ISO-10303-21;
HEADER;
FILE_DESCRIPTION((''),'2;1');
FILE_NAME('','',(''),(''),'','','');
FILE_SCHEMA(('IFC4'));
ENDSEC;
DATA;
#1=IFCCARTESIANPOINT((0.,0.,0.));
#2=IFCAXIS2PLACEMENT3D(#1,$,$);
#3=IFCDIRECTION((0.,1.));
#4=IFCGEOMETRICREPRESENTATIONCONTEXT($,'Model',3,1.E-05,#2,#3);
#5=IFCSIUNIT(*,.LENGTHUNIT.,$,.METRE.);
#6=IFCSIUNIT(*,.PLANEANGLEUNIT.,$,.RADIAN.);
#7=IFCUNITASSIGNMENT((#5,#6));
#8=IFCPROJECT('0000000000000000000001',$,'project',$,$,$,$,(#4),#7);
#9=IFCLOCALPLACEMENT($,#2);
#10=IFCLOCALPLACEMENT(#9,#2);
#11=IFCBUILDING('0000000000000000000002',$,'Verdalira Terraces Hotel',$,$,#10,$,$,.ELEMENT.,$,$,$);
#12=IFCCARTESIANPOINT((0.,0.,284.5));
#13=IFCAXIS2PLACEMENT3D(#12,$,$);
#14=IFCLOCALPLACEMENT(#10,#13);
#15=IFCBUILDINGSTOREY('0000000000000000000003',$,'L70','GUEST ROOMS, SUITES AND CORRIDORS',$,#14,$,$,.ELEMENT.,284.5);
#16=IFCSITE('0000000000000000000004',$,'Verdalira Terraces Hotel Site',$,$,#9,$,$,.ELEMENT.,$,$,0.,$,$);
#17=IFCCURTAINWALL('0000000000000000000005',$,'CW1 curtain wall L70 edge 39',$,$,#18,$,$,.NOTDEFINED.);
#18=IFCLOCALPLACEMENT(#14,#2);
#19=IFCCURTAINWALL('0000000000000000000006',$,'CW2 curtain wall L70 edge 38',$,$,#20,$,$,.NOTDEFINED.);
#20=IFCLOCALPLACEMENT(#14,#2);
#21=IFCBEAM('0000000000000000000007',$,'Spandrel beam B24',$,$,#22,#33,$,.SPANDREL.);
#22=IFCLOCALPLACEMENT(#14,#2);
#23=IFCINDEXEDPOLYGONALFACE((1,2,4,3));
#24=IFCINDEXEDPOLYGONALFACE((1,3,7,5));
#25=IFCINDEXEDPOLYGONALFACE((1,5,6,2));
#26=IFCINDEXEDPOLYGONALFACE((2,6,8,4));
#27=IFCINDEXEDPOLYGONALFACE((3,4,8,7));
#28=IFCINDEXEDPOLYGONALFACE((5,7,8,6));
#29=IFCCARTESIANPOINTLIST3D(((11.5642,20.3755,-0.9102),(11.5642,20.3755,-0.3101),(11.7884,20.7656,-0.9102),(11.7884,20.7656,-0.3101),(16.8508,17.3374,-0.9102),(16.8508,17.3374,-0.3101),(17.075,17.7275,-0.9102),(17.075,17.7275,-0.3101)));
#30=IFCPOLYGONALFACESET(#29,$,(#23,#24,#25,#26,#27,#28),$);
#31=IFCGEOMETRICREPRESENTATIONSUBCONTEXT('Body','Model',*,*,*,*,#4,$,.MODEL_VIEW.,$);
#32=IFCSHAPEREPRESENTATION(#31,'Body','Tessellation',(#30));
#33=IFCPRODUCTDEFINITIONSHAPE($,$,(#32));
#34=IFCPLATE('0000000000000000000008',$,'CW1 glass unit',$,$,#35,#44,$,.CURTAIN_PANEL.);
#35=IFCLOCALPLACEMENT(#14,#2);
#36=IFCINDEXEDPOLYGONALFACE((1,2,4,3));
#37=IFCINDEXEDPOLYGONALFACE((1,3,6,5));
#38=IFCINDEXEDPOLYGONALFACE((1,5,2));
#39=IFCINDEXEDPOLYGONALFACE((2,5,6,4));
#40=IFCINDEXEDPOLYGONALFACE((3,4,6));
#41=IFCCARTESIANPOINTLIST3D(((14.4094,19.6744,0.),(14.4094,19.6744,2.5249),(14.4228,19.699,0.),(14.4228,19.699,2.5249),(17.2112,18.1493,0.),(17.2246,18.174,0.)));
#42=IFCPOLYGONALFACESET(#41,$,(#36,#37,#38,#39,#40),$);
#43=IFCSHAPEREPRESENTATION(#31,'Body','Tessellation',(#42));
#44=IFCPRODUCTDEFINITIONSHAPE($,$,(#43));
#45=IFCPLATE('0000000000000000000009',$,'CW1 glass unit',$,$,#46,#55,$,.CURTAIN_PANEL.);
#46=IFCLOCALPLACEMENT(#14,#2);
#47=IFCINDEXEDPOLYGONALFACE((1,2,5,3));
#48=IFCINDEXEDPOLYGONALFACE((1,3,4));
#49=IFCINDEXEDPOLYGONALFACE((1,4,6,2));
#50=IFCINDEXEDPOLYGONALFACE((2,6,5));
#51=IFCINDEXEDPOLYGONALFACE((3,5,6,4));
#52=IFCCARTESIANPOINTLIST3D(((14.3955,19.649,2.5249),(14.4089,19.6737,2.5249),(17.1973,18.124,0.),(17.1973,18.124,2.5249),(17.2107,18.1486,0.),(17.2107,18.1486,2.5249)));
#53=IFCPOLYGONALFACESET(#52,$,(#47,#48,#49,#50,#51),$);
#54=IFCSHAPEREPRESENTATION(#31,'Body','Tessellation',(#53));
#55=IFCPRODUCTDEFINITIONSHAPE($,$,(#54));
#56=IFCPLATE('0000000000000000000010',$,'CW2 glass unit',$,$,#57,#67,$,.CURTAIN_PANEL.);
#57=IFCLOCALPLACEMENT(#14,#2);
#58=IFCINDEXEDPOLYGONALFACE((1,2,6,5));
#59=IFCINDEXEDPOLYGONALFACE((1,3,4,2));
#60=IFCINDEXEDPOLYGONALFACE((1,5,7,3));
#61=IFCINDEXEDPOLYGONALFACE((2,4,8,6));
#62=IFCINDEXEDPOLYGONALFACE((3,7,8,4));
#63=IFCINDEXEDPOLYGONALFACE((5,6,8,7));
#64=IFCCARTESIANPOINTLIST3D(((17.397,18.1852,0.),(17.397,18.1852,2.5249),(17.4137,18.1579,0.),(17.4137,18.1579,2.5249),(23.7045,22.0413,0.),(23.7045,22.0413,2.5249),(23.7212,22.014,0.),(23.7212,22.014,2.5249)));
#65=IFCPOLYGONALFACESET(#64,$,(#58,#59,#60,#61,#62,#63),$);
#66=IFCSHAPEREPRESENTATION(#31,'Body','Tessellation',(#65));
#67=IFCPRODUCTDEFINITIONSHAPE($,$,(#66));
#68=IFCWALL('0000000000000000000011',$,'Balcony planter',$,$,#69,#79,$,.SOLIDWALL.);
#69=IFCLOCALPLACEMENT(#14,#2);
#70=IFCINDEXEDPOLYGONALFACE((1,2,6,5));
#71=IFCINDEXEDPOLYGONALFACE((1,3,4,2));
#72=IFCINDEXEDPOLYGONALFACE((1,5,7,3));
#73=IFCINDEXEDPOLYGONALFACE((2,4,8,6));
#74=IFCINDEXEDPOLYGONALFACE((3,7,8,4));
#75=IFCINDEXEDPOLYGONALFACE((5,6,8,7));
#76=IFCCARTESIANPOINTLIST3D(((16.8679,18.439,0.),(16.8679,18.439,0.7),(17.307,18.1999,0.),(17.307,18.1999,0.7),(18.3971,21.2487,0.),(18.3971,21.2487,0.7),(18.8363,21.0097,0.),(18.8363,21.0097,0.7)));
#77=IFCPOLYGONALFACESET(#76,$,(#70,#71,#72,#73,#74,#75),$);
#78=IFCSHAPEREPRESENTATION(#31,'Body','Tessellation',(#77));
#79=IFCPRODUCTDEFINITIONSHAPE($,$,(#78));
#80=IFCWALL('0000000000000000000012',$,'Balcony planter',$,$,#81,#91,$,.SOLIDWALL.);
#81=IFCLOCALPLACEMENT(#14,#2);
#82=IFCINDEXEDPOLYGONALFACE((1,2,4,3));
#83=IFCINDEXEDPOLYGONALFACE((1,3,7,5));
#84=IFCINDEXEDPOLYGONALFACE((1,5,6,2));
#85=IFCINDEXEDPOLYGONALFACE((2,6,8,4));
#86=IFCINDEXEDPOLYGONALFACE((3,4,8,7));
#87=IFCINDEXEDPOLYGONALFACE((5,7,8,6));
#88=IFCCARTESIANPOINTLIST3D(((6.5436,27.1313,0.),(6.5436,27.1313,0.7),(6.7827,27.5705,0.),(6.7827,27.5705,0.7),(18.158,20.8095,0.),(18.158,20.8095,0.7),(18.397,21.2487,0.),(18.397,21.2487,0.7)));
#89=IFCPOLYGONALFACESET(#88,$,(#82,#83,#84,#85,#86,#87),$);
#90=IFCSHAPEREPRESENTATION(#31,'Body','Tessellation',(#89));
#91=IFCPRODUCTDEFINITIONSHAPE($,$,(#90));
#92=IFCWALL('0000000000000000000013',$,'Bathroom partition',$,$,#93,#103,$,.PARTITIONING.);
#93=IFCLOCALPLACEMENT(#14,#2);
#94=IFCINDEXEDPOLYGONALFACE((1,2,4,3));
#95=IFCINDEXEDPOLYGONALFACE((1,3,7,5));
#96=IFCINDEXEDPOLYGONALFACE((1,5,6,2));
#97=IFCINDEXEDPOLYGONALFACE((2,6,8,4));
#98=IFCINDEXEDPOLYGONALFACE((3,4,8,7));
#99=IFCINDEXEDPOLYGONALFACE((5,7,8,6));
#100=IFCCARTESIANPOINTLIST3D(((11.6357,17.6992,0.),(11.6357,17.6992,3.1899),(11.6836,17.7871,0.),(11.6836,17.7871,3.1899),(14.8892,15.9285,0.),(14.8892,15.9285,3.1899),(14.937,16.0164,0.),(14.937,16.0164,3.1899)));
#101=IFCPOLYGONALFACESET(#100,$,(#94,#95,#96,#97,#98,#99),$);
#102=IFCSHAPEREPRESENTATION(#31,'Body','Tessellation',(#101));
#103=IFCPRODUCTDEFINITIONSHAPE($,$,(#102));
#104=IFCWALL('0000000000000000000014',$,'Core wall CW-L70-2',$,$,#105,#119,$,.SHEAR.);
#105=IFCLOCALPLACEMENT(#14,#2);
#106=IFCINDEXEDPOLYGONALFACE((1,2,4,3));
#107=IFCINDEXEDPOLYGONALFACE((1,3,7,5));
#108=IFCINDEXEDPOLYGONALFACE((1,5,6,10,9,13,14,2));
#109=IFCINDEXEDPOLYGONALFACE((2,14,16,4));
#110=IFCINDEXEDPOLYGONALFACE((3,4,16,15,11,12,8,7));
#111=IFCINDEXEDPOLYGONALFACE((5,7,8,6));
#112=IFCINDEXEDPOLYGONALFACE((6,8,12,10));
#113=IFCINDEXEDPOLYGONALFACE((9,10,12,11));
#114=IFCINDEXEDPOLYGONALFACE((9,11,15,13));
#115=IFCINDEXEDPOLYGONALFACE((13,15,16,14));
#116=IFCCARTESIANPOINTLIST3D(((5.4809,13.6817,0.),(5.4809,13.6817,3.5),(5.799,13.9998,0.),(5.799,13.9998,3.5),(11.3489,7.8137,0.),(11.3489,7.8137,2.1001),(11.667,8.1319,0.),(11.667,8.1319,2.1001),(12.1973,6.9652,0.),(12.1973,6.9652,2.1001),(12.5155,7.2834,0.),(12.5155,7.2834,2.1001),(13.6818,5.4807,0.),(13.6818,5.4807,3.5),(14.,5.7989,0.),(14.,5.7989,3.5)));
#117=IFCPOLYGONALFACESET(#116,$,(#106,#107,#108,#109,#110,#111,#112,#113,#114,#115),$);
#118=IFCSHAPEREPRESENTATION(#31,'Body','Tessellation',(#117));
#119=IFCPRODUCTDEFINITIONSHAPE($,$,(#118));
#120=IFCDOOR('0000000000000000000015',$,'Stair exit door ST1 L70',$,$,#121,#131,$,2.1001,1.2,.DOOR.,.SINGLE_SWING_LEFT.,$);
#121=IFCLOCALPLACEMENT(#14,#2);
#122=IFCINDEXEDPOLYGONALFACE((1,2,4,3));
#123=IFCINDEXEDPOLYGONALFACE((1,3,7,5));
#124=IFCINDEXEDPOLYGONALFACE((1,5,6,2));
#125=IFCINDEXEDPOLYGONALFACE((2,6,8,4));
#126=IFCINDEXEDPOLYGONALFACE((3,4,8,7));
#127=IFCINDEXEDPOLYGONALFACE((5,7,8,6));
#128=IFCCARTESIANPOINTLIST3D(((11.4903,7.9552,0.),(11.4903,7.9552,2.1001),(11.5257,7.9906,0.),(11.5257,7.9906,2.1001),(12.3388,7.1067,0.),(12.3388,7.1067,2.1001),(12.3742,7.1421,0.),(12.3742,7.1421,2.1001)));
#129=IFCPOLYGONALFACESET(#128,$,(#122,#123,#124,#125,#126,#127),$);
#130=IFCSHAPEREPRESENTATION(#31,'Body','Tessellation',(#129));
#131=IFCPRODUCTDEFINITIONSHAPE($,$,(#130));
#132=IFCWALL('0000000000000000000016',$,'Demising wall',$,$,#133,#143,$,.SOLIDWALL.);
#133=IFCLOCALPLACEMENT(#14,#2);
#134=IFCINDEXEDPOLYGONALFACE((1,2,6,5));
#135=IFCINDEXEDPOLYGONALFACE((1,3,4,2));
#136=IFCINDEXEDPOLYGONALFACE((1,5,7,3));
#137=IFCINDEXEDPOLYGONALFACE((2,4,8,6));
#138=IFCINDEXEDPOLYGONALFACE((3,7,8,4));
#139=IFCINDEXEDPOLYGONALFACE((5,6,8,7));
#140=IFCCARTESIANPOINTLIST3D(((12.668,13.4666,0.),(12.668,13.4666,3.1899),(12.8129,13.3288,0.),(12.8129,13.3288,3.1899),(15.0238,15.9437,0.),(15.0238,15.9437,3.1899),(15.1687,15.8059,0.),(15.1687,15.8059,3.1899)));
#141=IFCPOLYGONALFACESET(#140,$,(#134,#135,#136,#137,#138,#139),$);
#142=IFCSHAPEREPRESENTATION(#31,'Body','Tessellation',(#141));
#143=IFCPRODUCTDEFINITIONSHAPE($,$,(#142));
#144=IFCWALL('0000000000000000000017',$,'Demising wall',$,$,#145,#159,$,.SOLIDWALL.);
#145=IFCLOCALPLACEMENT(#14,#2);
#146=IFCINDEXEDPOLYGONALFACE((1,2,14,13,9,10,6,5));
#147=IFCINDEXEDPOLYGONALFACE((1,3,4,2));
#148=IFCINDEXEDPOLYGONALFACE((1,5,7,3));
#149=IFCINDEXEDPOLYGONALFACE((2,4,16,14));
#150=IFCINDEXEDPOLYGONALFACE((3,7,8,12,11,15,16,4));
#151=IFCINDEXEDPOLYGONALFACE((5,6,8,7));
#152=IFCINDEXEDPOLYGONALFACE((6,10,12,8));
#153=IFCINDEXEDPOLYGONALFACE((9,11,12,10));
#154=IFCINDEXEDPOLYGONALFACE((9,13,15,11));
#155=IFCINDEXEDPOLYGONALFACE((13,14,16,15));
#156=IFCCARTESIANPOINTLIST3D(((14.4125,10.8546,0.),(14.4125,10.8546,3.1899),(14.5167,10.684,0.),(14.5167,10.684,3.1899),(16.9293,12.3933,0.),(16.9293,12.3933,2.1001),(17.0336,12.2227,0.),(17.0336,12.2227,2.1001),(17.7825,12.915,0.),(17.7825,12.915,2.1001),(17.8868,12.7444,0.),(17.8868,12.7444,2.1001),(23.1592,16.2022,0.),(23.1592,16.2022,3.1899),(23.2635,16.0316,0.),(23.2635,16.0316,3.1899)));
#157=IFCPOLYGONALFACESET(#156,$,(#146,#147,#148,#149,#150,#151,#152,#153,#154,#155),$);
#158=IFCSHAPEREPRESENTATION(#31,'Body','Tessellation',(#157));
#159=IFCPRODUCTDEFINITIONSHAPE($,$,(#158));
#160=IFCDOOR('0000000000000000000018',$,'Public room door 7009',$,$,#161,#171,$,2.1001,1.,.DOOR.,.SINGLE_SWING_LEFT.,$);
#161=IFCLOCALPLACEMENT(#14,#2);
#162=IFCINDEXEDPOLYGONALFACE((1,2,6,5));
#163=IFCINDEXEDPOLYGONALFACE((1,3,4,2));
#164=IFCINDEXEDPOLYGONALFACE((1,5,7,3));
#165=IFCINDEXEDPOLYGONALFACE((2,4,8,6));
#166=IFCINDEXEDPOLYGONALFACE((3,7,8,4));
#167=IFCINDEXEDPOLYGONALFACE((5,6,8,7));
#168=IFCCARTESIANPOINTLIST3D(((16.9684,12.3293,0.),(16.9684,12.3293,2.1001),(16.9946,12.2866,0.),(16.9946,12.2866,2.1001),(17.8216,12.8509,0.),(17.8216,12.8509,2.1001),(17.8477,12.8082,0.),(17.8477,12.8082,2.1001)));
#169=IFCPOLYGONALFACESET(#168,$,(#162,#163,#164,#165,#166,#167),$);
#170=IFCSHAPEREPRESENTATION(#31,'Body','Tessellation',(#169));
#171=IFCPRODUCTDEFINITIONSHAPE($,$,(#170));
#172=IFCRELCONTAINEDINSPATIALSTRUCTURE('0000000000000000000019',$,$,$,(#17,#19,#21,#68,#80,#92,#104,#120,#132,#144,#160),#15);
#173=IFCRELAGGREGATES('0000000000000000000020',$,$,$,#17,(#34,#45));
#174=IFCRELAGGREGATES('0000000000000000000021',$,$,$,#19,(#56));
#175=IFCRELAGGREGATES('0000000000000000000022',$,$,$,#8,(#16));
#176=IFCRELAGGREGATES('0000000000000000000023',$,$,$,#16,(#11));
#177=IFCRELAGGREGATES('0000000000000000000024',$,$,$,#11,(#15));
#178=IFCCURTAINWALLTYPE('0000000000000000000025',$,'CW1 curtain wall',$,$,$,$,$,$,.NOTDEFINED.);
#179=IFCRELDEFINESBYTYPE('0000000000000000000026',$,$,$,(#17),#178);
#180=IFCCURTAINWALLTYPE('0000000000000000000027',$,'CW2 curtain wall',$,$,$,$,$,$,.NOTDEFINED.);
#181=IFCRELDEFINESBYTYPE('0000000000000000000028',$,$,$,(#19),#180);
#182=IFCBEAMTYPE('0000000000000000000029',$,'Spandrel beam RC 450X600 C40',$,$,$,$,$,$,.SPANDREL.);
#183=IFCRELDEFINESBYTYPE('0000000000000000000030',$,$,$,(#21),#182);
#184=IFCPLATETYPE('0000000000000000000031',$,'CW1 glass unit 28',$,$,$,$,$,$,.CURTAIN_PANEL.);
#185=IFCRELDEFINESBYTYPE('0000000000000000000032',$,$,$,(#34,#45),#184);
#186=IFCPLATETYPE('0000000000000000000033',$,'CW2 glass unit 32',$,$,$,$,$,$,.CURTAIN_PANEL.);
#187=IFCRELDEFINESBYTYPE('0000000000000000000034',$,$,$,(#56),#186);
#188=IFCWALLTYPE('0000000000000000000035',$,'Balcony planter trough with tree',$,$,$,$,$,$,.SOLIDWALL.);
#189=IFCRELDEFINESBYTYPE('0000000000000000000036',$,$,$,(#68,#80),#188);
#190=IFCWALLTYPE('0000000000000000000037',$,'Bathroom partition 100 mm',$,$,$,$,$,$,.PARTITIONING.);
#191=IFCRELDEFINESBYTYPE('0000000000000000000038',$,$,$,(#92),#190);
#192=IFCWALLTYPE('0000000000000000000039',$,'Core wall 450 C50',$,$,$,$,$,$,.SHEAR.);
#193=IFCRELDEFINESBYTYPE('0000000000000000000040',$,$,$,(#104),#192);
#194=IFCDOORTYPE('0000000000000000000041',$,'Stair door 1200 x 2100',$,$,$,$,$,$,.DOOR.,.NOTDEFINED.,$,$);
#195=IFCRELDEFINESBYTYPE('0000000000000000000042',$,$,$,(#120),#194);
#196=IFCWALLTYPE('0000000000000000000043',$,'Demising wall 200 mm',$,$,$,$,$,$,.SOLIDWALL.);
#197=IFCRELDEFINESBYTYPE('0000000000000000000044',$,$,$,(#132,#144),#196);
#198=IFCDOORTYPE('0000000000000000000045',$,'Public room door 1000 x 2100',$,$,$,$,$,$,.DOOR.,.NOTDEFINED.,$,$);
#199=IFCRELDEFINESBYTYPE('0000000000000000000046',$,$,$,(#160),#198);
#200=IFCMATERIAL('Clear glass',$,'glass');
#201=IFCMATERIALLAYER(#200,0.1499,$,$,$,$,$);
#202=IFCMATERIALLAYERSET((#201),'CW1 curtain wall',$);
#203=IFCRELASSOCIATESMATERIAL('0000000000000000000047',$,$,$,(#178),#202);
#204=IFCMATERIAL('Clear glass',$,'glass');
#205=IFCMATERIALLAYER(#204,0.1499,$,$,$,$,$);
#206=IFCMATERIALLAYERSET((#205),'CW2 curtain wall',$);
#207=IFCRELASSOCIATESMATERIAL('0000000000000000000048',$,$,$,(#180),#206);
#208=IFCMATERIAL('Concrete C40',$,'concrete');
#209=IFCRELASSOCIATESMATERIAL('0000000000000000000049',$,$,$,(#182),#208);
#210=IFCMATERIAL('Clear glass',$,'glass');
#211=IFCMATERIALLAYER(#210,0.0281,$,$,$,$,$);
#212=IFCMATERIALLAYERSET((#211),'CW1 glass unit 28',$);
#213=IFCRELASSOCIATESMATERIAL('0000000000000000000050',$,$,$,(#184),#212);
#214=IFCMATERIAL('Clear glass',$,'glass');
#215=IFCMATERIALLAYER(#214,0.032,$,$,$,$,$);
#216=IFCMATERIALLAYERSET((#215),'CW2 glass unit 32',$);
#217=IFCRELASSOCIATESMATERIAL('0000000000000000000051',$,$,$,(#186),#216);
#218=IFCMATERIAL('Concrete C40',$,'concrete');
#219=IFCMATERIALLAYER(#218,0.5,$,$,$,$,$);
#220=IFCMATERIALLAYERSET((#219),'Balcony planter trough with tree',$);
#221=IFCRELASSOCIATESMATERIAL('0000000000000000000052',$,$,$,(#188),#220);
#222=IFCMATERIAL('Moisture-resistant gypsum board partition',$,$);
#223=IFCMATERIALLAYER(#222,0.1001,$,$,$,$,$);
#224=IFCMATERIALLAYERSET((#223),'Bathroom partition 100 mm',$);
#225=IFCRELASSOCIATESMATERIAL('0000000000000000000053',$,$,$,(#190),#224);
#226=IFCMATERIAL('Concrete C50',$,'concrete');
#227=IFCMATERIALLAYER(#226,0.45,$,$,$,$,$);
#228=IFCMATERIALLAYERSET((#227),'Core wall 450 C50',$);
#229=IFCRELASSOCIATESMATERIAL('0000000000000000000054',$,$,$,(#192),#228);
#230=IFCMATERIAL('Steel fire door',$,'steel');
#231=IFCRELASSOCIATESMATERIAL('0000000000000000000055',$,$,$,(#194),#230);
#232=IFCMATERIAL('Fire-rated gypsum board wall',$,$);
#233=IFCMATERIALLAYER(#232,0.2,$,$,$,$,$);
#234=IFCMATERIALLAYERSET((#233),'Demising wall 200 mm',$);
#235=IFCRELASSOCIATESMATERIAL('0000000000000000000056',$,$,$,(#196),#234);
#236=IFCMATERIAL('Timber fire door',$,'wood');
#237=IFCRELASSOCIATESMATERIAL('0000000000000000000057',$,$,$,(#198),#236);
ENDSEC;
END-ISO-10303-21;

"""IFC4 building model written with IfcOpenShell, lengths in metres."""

from ifc_helpers import new_model, si_unit, direction, frame, frame_2d, origin, origin_2d, place, context, subcontext, project, spatial, polyline, rectangle, outline, extrude, material, layer, layer_set, material_profile, profile_set, type_object, element, fill, aggregate, save


model = new_model("IFC4")

# Units and contexts
model_context = context("Model", 3, precision=1e-05, world=origin(), true_north=direction((0.0, 1.0)))
body_context = subcontext(model_context, "Body", "Model", "MODEL_VIEW")
ifc_project = project(units=[si_unit("LENGTHUNIT", "METRE"), si_unit("PLANEANGLEUNIT", "RADIAN")], contexts=[model_context])

# Site, building, storey
site_placement = place(None, origin())
site = spatial("IfcSite", under=ifc_project, at=site_placement, Name="Verdalira Terraces Hotel Site", CompositionType="ELEMENT", RefElevation=0.0)
building_placement = place(site_placement, origin())
building = spatial("IfcBuilding", under=site, at=building_placement, Name="Verdalira Terraces Hotel", CompositionType="ELEMENT")
storey_placement = place(building_placement, frame((0.0, 0.0, 284.5)))
storey = spatial("IfcBuildingStorey", under=building, at=storey_placement, Name="L70", Description="GUEST ROOMS, SUITES AND CORRIDORS", CompositionType="ELEMENT", Elevation=284.5)

# Curtain walls
ifc_material_1 = material(Name="Clear glass", Category="glass")
ifc_layer_1 = layer(ifc_material_1, 0.1499)
ifc_layer_set_1 = layer_set([ifc_layer_1], Name="CW1 curtain wall")
curtain_wall_type_1 = type_object("IfcCurtainWallType", Name="CW1 curtain wall", PredefinedType="NOTDEFINED", material=ifc_layer_set_1)
curtain_wall_1_placement = place(storey_placement, origin())
curtain_wall_1 = element("IfcCurtainWall", 1, at=curtain_wall_1_placement, inside=storey, type_object=curtain_wall_type_1, Name="CW1 curtain wall L70 edge 39", PredefinedType="NOTDEFINED")
ifc_material_2 = material(Name="Clear glass", Category="glass")
ifc_layer_2 = layer(ifc_material_2, 0.1499)
ifc_layer_set_2 = layer_set([ifc_layer_2], Name="CW2 curtain wall")
curtain_wall_type_2 = type_object("IfcCurtainWallType", Name="CW2 curtain wall", PredefinedType="NOTDEFINED", material=ifc_layer_set_2)
curtain_wall_2_placement = place(storey_placement, origin())
curtain_wall_2 = element("IfcCurtainWall", 2, at=curtain_wall_2_placement, inside=storey, type_object=curtain_wall_type_2, Name="CW2 curtain wall L70 edge 38", PredefinedType="NOTDEFINED")

# Beam
ifc_material_3 = material(Name="Concrete C40", Category="concrete")
ifc_material_profile_1 = material_profile(ifc_material_3, rectangle(XDim=0.45, YDim=0.6001, at=origin_2d()), Name="RC 450X600")
ifc_profile_set_1 = profile_set([ifc_material_profile_1], Name="Concrete C40")
beam_type_1 = type_object("IfcBeamType", Name="Spandrel beam RC 450X600 C40", PredefinedType="SPANDREL", material=ifc_profile_set_1)
beam_1_placement = place(storey_placement, frame((16.9629, 17.5325, -0.6101), z_axis=(-0.867028, 0.498259, 0.0), x_axis=(-0.498259, -0.867028, 0.0)))
element("IfcBeam", 3, at=beam_1_placement, inside=storey, type_object=beam_type_1, Name="Spandrel beam B24", PredefinedType="SPANDREL", context=body_context, shape_type="SweptSolid", body=[
    extrude(rectangle(XDim=0.45, YDim=0.6001, at=origin_2d()), origin(), (0.0, 0.0, 1.0), 6.0974),
])

# Plates
ifc_material_4 = material(Name="Clear glass", Category="glass")
ifc_layer_3 = layer(ifc_material_4, 0.0281)
ifc_layer_set_3 = layer_set([ifc_layer_3], Name="CW1 glass unit 28")
plate_type_1 = type_object("IfcPlateType", Name="CW1 glass unit 28", PredefinedType="CURTAIN_PANEL", material=ifc_layer_set_3)
plate_1_placement = place(storey_placement, frame((15.8103, 18.9119, 1.2625), z_axis=(0.478079, 0.878317, 0.0), x_axis=(-0.878317, 0.478079, 0.0)))
plate_1 = element("IfcPlate", 4, at=plate_1_placement, type_object=plate_type_1, Name="CW1 glass unit", PredefinedType="CURTAIN_PANEL", context=body_context, shape_type="SweptSolid", body=[
    extrude(outline(polyline([(-1.595, -1.2625), (1.595, -1.2625), (1.595, 1.2625), (-1.595, -1.2625)])), origin(), (0.0, 0.0, 1.0), 0.0281),
])
plate_2_placement = place(storey_placement, frame((15.7964, 18.8865, 1.2625), z_axis=(0.478079, 0.878317, 0.0), x_axis=(-0.878317, 0.478079, 0.0)))
plate_2 = element("IfcPlate", 5, at=plate_2_placement, type_object=plate_type_1, Name="CW1 glass unit", PredefinedType="CURTAIN_PANEL", context=body_context, shape_type="SweptSolid", body=[
    extrude(outline(polyline([(-1.595, -1.2625), (1.595, 1.2625), (-1.595, 1.2625), (-1.595, -1.2625)])), origin(), (0.0, 0.0, 1.0), 0.0281),
])
aggregate(curtain_wall_1, [plate_1, plate_2])
ifc_material_5 = material(Name="Clear glass", Category="glass")
ifc_layer_4 = layer(ifc_material_5, 0.032)
ifc_layer_set_4 = layer_set([ifc_layer_4], Name="CW2 glass unit 32")
plate_type_2 = type_object("IfcPlateType", Name="CW2 glass unit 32", PredefinedType="CURTAIN_PANEL", material=ifc_layer_set_4)
plate_3_placement = place(storey_placement, frame((20.5591, 20.0996, 0.0), z_axis=(0.0, 0.0, 1.0), x_axis=(-0.853187, -0.521605, 0.0)))
plate_3 = element("IfcPlate", 6, at=plate_3_placement, type_object=plate_type_2, Name="CW2 glass unit", PredefinedType="CURTAIN_PANEL", context=body_context, shape_type="SweptSolid", body=[
    extrude(rectangle(XDim=7.3928, YDim=0.032, at=origin_2d()), origin(), (0.0, 0.0, 1.0), 2.5249),
])
aggregate(curtain_wall_2, [plate_3])

# Walls
ifc_material_6 = material(Name="Concrete C40", Category="concrete")
ifc_layer_5 = layer(ifc_material_6, 0.5)
ifc_layer_set_5 = layer_set([ifc_layer_5], Name="Balcony planter trough with tree")
wall_type_1 = type_object("IfcWallType", Name="Balcony planter trough with tree", PredefinedType="SOLIDWALL", material=ifc_layer_set_5)
wall_1_placement = place(storey_placement, frame((17.0874, 18.3193, 0.0), z_axis=(0.0, 0.0, 1.0), x_axis=(0.47805, 0.878333, 0.0)))
element("IfcWall", 7, at=wall_1_placement, inside=storey, type_object=wall_type_1, Name="Balcony planter", PredefinedType="SOLIDWALL", context=body_context, shape_type="SweptSolid", body=[
    extrude(rectangle(XDim=3.199, YDim=0.5, at=frame_2d((1.5996, 0.0))), origin(), (0.0, 0.0, 1.0), 0.7),
])
wall_2_placement = place(storey_placement, frame((18.2776, 21.0291, 0.0), z_axis=(0.0, 0.0, 1.0), x_axis=(-0.878317, 0.478078, 0.0)))
element("IfcWall", 8, at=wall_2_placement, inside=storey, type_object=wall_type_1, Name="Balcony planter", PredefinedType="SOLIDWALL", context=body_context, shape_type="SweptSolid", body=[
    extrude(rectangle(XDim=13.2234, YDim=0.5, at=frame_2d((6.6118, 0.0))), origin(), (0.0, 0.0, 1.0), 0.7),
])
ifc_material_7 = material(Name="Moisture-resistant gypsum board partition")
ifc_layer_6 = layer(ifc_material_7, 0.1001)
ifc_layer_set_6 = layer_set([ifc_layer_6], Name="Bathroom partition 100 mm")
wall_type_2 = type_object("IfcWallType", Name="Bathroom partition 100 mm", PredefinedType="PARTITIONING", material=ifc_layer_set_6)
wall_3_placement = place(storey_placement, frame((14.9131, 15.9724, 0.0), z_axis=(0.0, 0.0, 1.0), x_axis=(-0.878331, 0.478053, 0.0)))
element("IfcWall", 9, at=wall_3_placement, inside=storey, type_object=wall_type_2, Name="Bathroom partition", PredefinedType="PARTITIONING", context=body_context, shape_type="SweptSolid", body=[
    extrude(rectangle(XDim=3.7041, YDim=0.1001, at=frame_2d((1.8521, 0.0))), origin(), (0.0, 0.0, 1.0), 3.1899),
])

# Wall, opening, door
ifc_material_8 = material(Name="Concrete C50", Category="concrete")
ifc_layer_7 = layer(ifc_material_8, 0.45)
ifc_layer_set_7 = layer_set([ifc_layer_7], Name="Core wall 450 C50")
wall_type_3 = type_object("IfcWallType", Name="Core wall 450 C50", PredefinedType="SHEAR", material=ifc_layer_set_7)
wall_4_placement = place(storey_placement, frame((13.8408, 5.6399, 0.0), z_axis=(0.0, 0.0, 1.0), x_axis=(-0.707107, 0.707107, 0.0)))
wall_4 = element("IfcWall", 10, at=wall_4_placement, inside=storey, type_object=wall_type_3, Name="Core wall CW-L70-2", PredefinedType="SHEAR", context=body_context, shape_type="SweptSolid", body=[
    extrude(rectangle(XDim=11.5979, YDim=0.45, at=frame_2d((5.7988, 0.0))), origin(), (0.0, 0.0, 1.0), 3.5),
])
opening_1_placement = place(wall_4_placement, frame((2.0991, 0.0, 0.0)))
opening_1 = element("IfcOpeningElement", 11, at=opening_1_placement, cuts=wall_4, PredefinedType="OPENING", context=body_context, shape_type="SweptSolid", body=[
    extrude(rectangle(XDim=1.2, YDim=2.1001, at=frame_2d((0.6001, 1.05))), frame((0.0, 0.2349, 0.0), z_axis=(0.0, -1.0, 0.0), x_axis=(1.0, 0.0, 0.0)), (0.0, 0.0, 1.0), 0.47),
])
ifc_material_9 = material(Name="Steel fire door", Category="steel")
door_type_1 = type_object("IfcDoorType", Name="Stair door 1200 x 2100", OperationType="NOTDEFINED", PredefinedType="DOOR", material=ifc_material_9)
door_1_placement = place(opening_1_placement, origin())
door_1 = element("IfcDoor", 12, at=door_1_placement, inside=storey, type_object=door_type_1, Name="Stair exit door ST1 L70", OperationType="SINGLE_SWING_LEFT", OverallHeight=2.1001, OverallWidth=1.2, PredefinedType="DOOR", context=body_context, shape_type="SweptSolid", body=[
    extrude(rectangle(XDim=1.2, YDim=2.1001, at=frame_2d((0.6001, 1.05))), frame((0.0, 0.0249, 0.0), z_axis=(0.0, -1.0, 0.0), x_axis=(1.0, 0.0, 0.0)), (0.0, 0.0, 1.0), 0.05),
])
fill(opening_1, door_1)

# Wall
ifc_material_10 = material(Name="Fire-rated gypsum board wall")
ifc_layer_8 = layer(ifc_material_10, 0.2)
ifc_layer_set_8 = layer_set([ifc_layer_8], Name="Demising wall 200 mm")
wall_type_4 = type_object("IfcWallType", Name="Demising wall 200 mm", PredefinedType="SOLIDWALL", material=ifc_layer_set_8)
wall_5_placement = place(storey_placement, frame((12.7405, 13.3977, 0.0), z_axis=(0.0, 0.0, 1.0), x_axis=(0.689136, 0.724632, 0.0)))
element("IfcWall", 13, at=wall_5_placement, inside=storey, type_object=wall_type_4, Name="Demising wall", PredefinedType="SOLIDWALL", context=body_context, shape_type="SweptSolid", body=[
    extrude(rectangle(XDim=3.4185, YDim=0.2, at=frame_2d((1.7092, 0.0))), origin(), (0.0, 0.0, 1.0), 3.1899),
])

# Wall, opening, door
wall_6_placement = place(storey_placement, frame((14.4646, 10.7693, 0.0), z_axis=(0.0, 0.0, 1.0), x_axis=(0.853179, 0.521619, 0.0)))
wall_6 = element("IfcWall", 14, at=wall_6_placement, inside=storey, type_object=wall_type_4, Name="Demising wall", PredefinedType="SOLIDWALL", context=body_context, shape_type="SweptSolid", body=[
    extrude(rectangle(XDim=10.252, YDim=0.2, at=frame_2d((5.126, 0.0))), origin(), (0.0, 0.0, 1.0), 3.1899),
])
opening_2_placement = place(wall_6_placement, frame((2.95, 0.0, 0.0)))
opening_2 = element("IfcOpeningElement", 15, at=opening_2_placement, cuts=wall_6, PredefinedType="OPENING", context=body_context, shape_type="SweptSolid", body=[
    extrude(rectangle(XDim=1.0, YDim=2.1001, at=frame_2d((0.5, 1.05))), frame((0.0, 0.1099, 0.0), z_axis=(0.0, -1.0, 0.0), x_axis=(1.0, 0.0, 0.0)), (0.0, 0.0, 1.0), 0.22),
])
ifc_material_11 = material(Name="Timber fire door", Category="wood")
door_type_2 = type_object("IfcDoorType", Name="Public room door 1000 x 2100", OperationType="NOTDEFINED", PredefinedType="DOOR", material=ifc_material_11)
door_2_placement = place(opening_2_placement, origin())
door_2 = element("IfcDoor", 16, at=door_2_placement, inside=storey, type_object=door_type_2, Name="Public room door 7009", OperationType="SINGLE_SWING_LEFT", OverallHeight=2.1001, OverallWidth=1.0, PredefinedType="DOOR", context=body_context, shape_type="SweptSolid", body=[
    extrude(rectangle(XDim=1.0, YDim=2.1001, at=frame_2d((0.5, 1.05))), frame((0.0, 0.0249, 0.0), z_axis=(0.0, -1.0, 0.0), x_axis=(1.0, 0.0, 0.0)), (0.0, 0.0, 1.0), 0.05),
])
fill(opening_2, door_2)

save(model, "model.ifc")
